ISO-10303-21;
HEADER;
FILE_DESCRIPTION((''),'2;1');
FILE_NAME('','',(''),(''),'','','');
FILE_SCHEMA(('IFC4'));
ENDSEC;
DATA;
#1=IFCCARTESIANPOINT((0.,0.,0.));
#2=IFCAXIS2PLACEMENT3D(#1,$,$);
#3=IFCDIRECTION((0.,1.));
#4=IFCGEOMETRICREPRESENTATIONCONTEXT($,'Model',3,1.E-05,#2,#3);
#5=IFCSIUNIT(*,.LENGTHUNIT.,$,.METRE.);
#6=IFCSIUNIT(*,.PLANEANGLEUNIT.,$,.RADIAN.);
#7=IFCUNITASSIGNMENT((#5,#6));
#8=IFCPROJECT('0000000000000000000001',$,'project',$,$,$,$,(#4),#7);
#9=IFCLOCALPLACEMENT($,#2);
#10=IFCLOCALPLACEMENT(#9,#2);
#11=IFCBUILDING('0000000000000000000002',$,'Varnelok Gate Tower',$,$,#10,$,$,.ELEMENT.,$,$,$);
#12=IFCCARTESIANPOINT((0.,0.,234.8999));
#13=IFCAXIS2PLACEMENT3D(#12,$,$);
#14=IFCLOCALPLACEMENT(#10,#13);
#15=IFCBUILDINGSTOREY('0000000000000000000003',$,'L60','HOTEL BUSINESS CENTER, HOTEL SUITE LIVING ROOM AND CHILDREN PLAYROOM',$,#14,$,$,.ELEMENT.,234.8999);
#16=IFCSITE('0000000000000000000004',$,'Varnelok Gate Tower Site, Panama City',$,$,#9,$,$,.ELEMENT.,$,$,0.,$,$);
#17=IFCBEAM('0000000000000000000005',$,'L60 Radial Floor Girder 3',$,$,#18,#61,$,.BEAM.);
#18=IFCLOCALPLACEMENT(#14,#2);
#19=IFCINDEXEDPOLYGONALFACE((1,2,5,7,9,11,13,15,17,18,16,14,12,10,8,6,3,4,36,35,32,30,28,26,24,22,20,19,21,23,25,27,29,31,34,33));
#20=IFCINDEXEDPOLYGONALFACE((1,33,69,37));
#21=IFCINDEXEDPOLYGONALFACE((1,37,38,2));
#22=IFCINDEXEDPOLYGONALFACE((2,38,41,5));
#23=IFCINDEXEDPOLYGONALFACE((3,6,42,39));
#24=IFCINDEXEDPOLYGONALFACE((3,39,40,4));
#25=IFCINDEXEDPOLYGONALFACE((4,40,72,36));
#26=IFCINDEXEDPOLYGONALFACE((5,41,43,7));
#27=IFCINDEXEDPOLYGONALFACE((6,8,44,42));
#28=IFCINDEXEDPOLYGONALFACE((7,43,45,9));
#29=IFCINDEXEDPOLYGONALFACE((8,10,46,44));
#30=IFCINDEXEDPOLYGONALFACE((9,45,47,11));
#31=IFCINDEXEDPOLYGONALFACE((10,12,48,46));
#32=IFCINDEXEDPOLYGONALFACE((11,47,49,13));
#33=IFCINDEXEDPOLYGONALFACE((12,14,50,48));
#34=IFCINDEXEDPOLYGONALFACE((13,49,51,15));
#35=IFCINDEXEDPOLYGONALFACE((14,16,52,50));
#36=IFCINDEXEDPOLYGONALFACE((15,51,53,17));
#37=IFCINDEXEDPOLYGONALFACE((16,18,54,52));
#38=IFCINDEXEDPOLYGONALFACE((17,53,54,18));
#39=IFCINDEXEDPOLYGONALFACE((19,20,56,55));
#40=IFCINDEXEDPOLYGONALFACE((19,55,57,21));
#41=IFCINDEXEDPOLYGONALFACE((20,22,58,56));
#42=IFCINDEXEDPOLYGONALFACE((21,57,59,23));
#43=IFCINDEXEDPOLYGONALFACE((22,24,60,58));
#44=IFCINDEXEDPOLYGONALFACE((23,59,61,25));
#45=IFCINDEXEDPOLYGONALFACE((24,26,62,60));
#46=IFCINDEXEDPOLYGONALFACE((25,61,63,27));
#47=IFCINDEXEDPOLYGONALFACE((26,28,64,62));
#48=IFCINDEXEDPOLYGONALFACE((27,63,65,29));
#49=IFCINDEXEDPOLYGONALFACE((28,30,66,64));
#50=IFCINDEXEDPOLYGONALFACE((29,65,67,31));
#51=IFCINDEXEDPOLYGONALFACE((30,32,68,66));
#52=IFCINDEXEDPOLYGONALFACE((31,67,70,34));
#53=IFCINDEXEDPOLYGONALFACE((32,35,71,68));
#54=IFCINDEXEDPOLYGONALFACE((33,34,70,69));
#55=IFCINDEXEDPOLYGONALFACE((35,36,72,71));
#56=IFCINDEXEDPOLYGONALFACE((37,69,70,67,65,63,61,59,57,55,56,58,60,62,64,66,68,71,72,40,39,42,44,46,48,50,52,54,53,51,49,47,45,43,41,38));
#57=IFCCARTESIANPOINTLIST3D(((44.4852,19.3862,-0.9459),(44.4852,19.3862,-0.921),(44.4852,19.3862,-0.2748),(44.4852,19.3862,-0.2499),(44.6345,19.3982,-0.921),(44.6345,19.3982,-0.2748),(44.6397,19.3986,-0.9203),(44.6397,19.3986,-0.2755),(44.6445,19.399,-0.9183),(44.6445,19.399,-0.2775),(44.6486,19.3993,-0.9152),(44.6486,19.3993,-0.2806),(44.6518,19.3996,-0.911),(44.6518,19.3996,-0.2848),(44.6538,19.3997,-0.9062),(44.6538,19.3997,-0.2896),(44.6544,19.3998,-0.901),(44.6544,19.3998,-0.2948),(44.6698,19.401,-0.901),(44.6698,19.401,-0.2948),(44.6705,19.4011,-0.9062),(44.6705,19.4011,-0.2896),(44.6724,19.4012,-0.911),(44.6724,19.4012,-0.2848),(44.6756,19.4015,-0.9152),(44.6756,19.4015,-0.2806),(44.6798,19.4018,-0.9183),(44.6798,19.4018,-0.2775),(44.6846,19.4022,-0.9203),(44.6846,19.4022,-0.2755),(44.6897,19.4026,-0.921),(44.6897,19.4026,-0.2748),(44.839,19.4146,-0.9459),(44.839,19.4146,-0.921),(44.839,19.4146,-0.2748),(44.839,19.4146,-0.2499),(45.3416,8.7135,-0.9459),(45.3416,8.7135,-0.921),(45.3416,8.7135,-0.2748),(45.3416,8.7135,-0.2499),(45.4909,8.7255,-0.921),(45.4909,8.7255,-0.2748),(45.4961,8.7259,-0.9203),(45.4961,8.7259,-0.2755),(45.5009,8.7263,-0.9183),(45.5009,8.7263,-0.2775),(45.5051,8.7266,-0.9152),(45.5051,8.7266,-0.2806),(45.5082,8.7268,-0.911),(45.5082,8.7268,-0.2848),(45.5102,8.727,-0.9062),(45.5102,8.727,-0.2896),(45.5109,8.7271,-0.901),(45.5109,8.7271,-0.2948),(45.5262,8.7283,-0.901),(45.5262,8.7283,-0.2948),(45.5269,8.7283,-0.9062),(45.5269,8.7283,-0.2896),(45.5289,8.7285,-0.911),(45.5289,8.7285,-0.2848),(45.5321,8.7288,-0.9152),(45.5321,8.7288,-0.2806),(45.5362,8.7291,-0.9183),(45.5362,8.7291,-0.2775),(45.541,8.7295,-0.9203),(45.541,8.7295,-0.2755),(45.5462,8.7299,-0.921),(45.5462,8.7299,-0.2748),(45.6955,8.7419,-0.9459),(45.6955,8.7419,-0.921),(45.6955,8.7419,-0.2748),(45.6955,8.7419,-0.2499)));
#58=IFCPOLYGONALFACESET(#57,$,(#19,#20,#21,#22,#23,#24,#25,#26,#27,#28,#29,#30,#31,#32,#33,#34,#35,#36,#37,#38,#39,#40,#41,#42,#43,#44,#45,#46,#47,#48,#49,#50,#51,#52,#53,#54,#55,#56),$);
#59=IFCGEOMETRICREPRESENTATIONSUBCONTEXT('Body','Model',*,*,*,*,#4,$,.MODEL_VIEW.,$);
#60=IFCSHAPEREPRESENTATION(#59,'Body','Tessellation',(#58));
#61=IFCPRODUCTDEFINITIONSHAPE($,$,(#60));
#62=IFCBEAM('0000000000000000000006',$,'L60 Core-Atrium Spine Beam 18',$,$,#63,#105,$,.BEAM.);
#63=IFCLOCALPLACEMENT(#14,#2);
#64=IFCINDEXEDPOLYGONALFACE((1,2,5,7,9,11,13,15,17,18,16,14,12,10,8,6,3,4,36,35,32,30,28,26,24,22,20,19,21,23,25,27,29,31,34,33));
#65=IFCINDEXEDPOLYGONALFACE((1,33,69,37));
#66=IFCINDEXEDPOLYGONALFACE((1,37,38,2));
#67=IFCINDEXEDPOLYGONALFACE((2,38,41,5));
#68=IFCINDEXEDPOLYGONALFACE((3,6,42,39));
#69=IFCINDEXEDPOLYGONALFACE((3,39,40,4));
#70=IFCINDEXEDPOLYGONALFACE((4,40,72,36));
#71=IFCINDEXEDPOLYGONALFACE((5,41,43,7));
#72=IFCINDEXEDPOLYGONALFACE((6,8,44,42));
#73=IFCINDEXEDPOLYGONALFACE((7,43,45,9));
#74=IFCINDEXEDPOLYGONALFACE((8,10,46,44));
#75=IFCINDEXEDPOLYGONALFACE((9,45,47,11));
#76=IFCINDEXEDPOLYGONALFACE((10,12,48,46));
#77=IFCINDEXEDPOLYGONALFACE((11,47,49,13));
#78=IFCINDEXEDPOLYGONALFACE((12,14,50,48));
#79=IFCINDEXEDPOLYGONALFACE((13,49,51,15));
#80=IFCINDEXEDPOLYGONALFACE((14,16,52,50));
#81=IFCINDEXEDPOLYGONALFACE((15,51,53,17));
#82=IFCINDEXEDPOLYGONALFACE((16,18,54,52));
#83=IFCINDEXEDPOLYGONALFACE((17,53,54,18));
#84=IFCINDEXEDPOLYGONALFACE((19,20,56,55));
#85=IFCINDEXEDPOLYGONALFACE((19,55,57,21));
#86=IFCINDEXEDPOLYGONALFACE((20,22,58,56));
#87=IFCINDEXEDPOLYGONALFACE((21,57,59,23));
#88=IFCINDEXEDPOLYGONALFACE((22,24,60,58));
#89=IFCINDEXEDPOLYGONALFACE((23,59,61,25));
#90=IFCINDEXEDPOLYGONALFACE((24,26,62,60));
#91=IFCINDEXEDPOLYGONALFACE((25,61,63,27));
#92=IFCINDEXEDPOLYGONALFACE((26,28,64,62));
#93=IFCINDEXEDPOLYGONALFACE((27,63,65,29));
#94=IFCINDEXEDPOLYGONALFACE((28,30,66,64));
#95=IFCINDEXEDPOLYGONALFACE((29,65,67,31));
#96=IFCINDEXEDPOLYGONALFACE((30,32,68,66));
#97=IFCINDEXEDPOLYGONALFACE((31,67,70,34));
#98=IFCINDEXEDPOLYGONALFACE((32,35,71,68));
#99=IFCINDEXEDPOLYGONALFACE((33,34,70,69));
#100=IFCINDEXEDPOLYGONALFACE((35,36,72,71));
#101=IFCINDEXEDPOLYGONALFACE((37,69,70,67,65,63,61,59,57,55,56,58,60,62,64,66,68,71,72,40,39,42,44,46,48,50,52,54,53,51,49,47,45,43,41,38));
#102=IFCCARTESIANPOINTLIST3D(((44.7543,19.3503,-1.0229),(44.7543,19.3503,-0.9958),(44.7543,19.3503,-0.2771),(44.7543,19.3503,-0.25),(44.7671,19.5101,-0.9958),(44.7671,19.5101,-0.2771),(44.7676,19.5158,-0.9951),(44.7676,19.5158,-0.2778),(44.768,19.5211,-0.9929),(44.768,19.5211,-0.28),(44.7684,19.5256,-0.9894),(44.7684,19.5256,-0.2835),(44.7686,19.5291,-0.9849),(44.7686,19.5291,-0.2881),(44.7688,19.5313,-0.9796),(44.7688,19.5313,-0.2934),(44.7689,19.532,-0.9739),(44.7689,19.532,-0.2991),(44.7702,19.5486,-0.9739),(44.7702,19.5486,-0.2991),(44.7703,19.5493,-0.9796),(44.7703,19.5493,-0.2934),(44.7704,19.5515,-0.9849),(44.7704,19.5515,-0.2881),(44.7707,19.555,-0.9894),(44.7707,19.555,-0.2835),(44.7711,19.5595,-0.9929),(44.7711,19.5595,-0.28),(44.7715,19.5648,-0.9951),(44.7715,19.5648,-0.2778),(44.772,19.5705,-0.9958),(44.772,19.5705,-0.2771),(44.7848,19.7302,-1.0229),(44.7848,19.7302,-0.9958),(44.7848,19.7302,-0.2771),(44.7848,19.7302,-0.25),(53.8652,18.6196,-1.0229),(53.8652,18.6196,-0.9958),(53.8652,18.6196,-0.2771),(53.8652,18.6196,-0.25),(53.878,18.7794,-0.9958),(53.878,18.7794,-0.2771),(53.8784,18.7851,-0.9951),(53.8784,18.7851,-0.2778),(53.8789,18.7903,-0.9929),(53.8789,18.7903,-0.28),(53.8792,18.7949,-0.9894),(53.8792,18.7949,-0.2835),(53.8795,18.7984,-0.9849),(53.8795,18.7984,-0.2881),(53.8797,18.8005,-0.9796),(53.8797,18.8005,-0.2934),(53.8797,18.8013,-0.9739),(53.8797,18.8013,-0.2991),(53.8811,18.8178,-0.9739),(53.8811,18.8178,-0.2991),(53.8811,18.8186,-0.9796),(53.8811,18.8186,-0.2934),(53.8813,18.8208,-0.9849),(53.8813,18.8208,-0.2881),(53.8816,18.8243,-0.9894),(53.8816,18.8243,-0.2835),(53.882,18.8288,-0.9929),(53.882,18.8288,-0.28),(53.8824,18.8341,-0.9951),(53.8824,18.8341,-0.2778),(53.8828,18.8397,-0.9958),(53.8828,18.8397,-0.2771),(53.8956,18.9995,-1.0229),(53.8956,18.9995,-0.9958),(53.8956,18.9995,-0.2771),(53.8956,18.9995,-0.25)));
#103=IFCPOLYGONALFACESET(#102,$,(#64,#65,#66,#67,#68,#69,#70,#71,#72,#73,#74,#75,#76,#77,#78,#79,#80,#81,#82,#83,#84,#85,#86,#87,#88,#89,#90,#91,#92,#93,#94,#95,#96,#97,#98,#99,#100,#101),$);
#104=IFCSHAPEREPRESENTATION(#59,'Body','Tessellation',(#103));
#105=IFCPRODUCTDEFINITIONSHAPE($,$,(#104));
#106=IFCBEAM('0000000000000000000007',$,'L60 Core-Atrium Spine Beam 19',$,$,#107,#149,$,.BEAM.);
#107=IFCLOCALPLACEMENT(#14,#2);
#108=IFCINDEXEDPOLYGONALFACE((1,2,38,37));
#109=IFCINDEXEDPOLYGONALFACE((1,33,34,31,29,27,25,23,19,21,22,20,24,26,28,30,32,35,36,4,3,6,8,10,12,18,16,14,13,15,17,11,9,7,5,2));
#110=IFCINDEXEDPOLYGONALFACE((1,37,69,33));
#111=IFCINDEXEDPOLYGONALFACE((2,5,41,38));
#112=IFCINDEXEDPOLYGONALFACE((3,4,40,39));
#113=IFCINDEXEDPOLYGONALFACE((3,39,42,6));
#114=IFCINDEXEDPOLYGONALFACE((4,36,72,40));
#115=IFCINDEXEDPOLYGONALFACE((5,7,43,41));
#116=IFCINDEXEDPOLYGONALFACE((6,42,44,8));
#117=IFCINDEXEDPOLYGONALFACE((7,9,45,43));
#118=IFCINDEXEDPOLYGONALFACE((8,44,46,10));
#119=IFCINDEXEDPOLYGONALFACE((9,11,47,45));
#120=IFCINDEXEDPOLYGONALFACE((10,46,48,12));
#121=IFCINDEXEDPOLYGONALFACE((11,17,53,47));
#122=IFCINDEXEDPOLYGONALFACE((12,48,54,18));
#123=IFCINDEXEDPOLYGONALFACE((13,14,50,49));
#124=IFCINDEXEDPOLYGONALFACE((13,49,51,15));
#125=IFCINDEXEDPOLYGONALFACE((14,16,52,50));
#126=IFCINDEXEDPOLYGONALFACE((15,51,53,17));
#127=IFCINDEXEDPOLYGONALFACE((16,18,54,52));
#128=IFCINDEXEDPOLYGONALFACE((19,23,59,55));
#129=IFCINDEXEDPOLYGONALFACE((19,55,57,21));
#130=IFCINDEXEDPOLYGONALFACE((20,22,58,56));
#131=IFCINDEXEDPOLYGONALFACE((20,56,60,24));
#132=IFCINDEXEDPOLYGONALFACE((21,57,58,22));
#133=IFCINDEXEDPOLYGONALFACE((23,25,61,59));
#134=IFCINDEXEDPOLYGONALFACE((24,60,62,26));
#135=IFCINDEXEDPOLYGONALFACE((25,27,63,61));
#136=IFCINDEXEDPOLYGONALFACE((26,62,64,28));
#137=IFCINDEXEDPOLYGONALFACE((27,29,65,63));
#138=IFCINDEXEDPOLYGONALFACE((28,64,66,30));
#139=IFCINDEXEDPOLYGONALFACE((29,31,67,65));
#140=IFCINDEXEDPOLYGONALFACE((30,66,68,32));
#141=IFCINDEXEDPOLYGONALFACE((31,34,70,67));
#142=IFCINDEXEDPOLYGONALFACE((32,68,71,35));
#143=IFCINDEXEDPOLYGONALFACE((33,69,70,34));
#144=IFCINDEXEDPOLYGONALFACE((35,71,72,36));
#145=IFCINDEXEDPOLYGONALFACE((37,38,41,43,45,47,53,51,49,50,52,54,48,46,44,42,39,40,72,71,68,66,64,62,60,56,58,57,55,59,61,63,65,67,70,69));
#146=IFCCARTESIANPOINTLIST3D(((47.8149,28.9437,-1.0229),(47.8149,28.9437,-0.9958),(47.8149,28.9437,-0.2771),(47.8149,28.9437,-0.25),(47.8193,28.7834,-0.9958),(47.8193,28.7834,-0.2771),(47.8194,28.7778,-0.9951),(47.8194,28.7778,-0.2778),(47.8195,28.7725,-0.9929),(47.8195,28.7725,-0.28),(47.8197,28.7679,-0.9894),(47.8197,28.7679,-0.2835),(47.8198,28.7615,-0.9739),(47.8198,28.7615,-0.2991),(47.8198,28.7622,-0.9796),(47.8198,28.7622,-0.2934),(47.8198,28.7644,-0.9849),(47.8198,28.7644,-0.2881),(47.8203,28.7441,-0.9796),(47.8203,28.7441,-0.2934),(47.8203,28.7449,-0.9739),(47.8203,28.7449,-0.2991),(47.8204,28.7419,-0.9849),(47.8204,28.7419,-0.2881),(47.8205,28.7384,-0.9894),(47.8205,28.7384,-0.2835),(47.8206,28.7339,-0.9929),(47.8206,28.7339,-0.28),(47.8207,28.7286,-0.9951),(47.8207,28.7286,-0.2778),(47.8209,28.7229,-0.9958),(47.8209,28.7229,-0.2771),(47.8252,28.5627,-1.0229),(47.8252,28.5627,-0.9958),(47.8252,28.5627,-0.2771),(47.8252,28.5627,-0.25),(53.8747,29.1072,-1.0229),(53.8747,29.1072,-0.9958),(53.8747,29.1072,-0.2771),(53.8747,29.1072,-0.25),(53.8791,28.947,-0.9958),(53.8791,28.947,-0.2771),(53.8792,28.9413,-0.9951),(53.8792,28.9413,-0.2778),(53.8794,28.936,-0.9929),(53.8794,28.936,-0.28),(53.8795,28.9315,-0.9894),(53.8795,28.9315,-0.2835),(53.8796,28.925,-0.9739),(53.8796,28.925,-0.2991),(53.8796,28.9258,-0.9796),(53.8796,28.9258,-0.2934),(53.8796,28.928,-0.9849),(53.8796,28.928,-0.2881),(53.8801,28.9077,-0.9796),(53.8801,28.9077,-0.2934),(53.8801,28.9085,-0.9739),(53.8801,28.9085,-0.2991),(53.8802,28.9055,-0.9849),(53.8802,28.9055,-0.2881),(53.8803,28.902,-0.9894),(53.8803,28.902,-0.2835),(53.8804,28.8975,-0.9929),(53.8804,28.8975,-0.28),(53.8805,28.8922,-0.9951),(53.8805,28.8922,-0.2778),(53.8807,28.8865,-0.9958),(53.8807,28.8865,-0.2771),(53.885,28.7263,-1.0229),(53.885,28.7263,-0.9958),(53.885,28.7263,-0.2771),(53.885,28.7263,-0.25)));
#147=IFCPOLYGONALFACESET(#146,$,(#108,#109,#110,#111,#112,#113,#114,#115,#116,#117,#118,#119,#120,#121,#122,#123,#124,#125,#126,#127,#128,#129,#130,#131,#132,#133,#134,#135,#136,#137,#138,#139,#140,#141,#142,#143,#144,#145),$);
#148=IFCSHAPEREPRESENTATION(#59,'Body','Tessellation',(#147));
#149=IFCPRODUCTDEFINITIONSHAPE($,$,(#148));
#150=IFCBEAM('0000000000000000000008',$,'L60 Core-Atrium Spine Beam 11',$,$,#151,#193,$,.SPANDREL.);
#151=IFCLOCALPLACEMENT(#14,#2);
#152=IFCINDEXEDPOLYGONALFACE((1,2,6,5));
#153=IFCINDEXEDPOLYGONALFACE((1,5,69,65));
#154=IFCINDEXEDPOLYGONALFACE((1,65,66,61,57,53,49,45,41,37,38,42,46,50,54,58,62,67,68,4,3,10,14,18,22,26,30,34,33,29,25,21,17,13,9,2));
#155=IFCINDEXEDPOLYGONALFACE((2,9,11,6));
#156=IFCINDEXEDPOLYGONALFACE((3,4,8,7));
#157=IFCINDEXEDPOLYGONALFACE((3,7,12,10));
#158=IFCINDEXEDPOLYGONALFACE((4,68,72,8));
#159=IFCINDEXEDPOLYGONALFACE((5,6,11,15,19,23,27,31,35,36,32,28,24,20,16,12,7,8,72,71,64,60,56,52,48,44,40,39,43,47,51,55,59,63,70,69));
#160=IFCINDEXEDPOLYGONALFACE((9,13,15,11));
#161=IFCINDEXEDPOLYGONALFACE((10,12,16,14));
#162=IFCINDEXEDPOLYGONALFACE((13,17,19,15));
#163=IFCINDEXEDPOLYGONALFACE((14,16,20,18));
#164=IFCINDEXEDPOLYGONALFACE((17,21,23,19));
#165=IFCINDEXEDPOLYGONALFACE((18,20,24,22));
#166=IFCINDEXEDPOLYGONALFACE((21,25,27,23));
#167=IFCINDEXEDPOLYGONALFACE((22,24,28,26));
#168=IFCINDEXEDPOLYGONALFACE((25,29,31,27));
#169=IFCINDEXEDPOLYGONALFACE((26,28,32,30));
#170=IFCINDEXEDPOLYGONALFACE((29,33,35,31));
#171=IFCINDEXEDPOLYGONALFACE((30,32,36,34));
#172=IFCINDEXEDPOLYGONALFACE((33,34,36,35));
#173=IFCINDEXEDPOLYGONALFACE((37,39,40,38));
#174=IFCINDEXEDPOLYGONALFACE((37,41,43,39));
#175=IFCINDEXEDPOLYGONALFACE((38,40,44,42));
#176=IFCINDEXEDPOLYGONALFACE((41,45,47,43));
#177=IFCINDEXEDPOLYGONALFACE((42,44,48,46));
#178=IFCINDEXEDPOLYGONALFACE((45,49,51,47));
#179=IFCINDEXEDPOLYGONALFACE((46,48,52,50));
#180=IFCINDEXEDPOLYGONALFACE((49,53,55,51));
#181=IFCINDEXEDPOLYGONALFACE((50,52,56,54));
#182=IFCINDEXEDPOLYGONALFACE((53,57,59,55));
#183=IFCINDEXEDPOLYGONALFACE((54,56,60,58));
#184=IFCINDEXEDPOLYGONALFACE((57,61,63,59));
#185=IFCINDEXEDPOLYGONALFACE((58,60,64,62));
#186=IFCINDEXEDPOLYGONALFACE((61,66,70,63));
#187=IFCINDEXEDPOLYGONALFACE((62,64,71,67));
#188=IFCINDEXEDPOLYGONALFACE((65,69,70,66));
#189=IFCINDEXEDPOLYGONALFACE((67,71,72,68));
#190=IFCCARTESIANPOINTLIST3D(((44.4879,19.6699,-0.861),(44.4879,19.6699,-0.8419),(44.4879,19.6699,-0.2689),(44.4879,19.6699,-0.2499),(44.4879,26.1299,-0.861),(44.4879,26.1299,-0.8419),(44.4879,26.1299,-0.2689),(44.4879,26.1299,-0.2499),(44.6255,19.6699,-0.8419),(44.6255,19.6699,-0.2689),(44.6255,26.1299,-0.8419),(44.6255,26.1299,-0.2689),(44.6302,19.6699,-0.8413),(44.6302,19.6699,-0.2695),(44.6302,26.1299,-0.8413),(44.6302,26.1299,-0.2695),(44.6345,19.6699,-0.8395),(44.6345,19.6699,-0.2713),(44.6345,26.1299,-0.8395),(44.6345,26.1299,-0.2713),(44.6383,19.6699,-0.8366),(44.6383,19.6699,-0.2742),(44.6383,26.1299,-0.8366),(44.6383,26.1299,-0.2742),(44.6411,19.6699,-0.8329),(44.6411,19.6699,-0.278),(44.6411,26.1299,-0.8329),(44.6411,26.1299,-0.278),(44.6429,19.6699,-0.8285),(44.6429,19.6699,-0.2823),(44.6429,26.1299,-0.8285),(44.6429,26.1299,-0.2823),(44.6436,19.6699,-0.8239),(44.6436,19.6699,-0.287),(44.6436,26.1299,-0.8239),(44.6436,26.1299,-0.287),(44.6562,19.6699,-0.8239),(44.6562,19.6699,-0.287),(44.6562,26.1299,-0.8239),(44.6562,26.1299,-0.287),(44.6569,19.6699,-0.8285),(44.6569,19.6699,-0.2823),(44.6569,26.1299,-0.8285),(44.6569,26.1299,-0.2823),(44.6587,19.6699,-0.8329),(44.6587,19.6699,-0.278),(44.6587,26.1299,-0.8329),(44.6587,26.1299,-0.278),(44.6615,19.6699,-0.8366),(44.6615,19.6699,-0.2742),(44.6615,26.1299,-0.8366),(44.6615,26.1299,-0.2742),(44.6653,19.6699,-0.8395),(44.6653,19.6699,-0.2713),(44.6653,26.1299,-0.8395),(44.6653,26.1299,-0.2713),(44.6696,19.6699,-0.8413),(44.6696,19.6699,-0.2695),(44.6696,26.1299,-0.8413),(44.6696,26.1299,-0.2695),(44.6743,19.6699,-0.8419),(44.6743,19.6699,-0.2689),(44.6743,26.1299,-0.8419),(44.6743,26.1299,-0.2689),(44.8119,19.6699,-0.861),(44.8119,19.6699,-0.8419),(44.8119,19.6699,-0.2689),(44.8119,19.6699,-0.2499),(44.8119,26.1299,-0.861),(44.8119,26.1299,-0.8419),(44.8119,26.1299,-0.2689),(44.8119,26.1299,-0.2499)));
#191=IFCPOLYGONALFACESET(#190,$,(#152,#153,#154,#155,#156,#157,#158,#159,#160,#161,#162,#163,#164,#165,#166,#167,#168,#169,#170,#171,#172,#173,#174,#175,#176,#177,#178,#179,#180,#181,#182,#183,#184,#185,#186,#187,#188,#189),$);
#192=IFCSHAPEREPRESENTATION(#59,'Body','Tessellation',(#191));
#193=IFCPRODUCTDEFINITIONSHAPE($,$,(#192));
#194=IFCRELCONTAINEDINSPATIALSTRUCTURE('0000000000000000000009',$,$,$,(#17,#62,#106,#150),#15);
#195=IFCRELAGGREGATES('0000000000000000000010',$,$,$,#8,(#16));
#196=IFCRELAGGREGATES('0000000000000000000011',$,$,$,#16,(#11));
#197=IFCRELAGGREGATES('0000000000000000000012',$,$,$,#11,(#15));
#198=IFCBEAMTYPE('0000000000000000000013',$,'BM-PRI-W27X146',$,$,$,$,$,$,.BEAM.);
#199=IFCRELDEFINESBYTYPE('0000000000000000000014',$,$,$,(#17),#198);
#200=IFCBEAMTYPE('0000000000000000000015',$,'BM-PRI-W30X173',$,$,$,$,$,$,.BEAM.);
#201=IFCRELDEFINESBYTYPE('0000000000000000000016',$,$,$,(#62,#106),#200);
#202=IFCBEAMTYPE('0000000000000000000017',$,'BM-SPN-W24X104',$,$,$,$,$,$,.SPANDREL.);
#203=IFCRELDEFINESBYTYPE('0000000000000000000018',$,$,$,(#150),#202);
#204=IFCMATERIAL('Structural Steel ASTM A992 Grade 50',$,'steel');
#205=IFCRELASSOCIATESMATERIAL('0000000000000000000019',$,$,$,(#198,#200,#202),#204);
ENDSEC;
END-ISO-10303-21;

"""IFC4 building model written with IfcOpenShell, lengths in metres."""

from ifc_helpers import new_model, si_unit, direction, frame, origin, origin_2d, place, context, subcontext, project, spatial, i_section, extrude, material, material_profile, profile_set, type_object, element, save


model = new_model("IFC4")

# Units and contexts
model_context = context("Model", 3, precision=1e-05, world=origin(), true_north=direction((0.0, 1.0)))
body_context = subcontext(model_context, "Body", "Model", "MODEL_VIEW")
ifc_project = project(units=[si_unit("LENGTHUNIT", "METRE"), si_unit("PLANEANGLEUNIT", "RADIAN")], contexts=[model_context])

# Site, building, storey
site_placement = place(None, origin())
site = spatial("IfcSite", under=ifc_project, at=site_placement, Name="Varnelok Gate Tower Site, Panama City", CompositionType="ELEMENT", RefElevation=0.0)
building_placement = place(site_placement, origin())
building = spatial("IfcBuilding", under=site, at=building_placement, Name="Varnelok Gate Tower", CompositionType="ELEMENT")
storey_placement = place(building_placement, frame((0.0, 0.0, 234.8999)))
storey = spatial("IfcBuildingStorey", under=building, at=storey_placement, Name="L60", Description="HOTEL BUSINESS CENTER, HOTEL SUITE LIVING ROOM AND CHILDREN PLAYROOM", CompositionType="ELEMENT", Elevation=234.8999)

# Shared definitions
ifc_material_1 = material(Name="Structural Steel ASTM A992 Grade 50", Category="steel")

# Beams
ifc_material_profile_1 = material_profile(ifc_material_1, i_section(OverallWidth=0.355, OverallDepth=0.696, WebThickness=0.0154, FlangeThickness=0.0249, FilletRadius=0.02, at=origin_2d()), Name="W27X146")
ifc_profile_set_1 = profile_set([ifc_material_profile_1], Name="Structural Steel ASTM A992 Grade 50")
beam_type_1 = type_object("IfcBeamType", Name="BM-PRI-W27X146", PredefinedType="BEAM", material=ifc_profile_set_1)
beam_1_placement = place(storey_placement, frame((44.6621, 19.4004, -0.5979), z_axis=(0.07999, -0.996796, 0.0), x_axis=(0.996796, 0.07999, 0.0)))
element("IfcBeam", 1, at=beam_1_placement, inside=storey, type_object=beam_type_1, Name="L60 Radial Floor Girder 3", PredefinedType="BEAM", context=body_context, shape_type="SweptSolid", body=[
    extrude(i_section(OverallWidth=0.355, OverallDepth=0.696, WebThickness=0.0154, FlangeThickness=0.0249, FilletRadius=0.02, at=origin_2d()), origin(), (0.0, 0.0, 1.0), 10.707),
])
ifc_material_profile_2 = material_profile(ifc_material_1, i_section(OverallWidth=0.3811, OverallDepth=0.7729, WebThickness=0.0166, FlangeThickness=0.0271, FilletRadius=0.022, at=origin_2d()), Name="W30X173")
ifc_profile_set_2 = profile_set([ifc_material_profile_2], Name="Structural Steel ASTM A992 Grade 50")
beam_type_2 = type_object("IfcBeamType", Name="BM-PRI-W30X173", PredefinedType="BEAM", material=ifc_profile_set_2)
beam_2_placement = place(storey_placement, frame((44.7695, 19.5403, -0.6365), z_axis=(0.996799, -0.079946, 0.0), x_axis=(0.079946, 0.996799, 0.0)))
element("IfcBeam", 2, at=beam_2_placement, inside=storey, type_object=beam_type_2, Name="L60 Core-Atrium Spine Beam 18", PredefinedType="BEAM", context=body_context, shape_type="SweptSolid", body=[
    extrude(i_section(OverallWidth=0.3811, OverallDepth=0.7729, WebThickness=0.0166, FlangeThickness=0.0271, FilletRadius=0.022, at=origin_2d()), origin(), (0.0, 0.0, 1.0), 9.1401),
])
beam_3_placement = place(storey_placement, frame((47.8201, 28.7532, -0.6365), z_axis=(0.999636, 0.026983, 0.0), x_axis=(-0.026983, 0.999636, 0.0)))
element("IfcBeam", 3, at=beam_3_placement, inside=storey, type_object=beam_type_2, Name="L60 Core-Atrium Spine Beam 19", PredefinedType="BEAM", context=body_context, shape_type="SweptSolid", body=[
    extrude(i_section(OverallWidth=0.3811, OverallDepth=0.7729, WebThickness=0.0166, FlangeThickness=0.0271, FilletRadius=0.022, at=origin_2d()), origin(), (0.0, 0.0, 1.0), 6.062),
])
ifc_material_profile_3 = material_profile(ifc_material_1, i_section(OverallWidth=0.324, OverallDepth=0.6111, WebThickness=0.0127, FlangeThickness=0.019, FilletRadius=0.0181, at=origin_2d()), Name="W24X104")
ifc_profile_set_3 = profile_set([ifc_material_profile_3], Name="Structural Steel ASTM A992 Grade 50")
beam_type_3 = type_object("IfcBeamType", Name="BM-SPN-W24X104", PredefinedType="SPANDREL", material=ifc_profile_set_3)
beam_4_placement = place(storey_placement, frame((44.6499, 19.6699, -0.5554), z_axis=(0.0, 1.0, 0.0), x_axis=(-1.0, 0.0, 0.0)))
element("IfcBeam", 4, at=beam_4_placement, inside=storey, type_object=beam_type_3, Name="L60 Core-Atrium Spine Beam 11", PredefinedType="SPANDREL", context=body_context, shape_type="SweptSolid", body=[
    extrude(i_section(OverallWidth=0.324, OverallDepth=0.6111, WebThickness=0.0127, FlangeThickness=0.019, FilletRadius=0.0181, at=origin_2d()), origin(), (0.0, 0.0, 1.0), 6.46),
])

save(model, "model.ifc")
